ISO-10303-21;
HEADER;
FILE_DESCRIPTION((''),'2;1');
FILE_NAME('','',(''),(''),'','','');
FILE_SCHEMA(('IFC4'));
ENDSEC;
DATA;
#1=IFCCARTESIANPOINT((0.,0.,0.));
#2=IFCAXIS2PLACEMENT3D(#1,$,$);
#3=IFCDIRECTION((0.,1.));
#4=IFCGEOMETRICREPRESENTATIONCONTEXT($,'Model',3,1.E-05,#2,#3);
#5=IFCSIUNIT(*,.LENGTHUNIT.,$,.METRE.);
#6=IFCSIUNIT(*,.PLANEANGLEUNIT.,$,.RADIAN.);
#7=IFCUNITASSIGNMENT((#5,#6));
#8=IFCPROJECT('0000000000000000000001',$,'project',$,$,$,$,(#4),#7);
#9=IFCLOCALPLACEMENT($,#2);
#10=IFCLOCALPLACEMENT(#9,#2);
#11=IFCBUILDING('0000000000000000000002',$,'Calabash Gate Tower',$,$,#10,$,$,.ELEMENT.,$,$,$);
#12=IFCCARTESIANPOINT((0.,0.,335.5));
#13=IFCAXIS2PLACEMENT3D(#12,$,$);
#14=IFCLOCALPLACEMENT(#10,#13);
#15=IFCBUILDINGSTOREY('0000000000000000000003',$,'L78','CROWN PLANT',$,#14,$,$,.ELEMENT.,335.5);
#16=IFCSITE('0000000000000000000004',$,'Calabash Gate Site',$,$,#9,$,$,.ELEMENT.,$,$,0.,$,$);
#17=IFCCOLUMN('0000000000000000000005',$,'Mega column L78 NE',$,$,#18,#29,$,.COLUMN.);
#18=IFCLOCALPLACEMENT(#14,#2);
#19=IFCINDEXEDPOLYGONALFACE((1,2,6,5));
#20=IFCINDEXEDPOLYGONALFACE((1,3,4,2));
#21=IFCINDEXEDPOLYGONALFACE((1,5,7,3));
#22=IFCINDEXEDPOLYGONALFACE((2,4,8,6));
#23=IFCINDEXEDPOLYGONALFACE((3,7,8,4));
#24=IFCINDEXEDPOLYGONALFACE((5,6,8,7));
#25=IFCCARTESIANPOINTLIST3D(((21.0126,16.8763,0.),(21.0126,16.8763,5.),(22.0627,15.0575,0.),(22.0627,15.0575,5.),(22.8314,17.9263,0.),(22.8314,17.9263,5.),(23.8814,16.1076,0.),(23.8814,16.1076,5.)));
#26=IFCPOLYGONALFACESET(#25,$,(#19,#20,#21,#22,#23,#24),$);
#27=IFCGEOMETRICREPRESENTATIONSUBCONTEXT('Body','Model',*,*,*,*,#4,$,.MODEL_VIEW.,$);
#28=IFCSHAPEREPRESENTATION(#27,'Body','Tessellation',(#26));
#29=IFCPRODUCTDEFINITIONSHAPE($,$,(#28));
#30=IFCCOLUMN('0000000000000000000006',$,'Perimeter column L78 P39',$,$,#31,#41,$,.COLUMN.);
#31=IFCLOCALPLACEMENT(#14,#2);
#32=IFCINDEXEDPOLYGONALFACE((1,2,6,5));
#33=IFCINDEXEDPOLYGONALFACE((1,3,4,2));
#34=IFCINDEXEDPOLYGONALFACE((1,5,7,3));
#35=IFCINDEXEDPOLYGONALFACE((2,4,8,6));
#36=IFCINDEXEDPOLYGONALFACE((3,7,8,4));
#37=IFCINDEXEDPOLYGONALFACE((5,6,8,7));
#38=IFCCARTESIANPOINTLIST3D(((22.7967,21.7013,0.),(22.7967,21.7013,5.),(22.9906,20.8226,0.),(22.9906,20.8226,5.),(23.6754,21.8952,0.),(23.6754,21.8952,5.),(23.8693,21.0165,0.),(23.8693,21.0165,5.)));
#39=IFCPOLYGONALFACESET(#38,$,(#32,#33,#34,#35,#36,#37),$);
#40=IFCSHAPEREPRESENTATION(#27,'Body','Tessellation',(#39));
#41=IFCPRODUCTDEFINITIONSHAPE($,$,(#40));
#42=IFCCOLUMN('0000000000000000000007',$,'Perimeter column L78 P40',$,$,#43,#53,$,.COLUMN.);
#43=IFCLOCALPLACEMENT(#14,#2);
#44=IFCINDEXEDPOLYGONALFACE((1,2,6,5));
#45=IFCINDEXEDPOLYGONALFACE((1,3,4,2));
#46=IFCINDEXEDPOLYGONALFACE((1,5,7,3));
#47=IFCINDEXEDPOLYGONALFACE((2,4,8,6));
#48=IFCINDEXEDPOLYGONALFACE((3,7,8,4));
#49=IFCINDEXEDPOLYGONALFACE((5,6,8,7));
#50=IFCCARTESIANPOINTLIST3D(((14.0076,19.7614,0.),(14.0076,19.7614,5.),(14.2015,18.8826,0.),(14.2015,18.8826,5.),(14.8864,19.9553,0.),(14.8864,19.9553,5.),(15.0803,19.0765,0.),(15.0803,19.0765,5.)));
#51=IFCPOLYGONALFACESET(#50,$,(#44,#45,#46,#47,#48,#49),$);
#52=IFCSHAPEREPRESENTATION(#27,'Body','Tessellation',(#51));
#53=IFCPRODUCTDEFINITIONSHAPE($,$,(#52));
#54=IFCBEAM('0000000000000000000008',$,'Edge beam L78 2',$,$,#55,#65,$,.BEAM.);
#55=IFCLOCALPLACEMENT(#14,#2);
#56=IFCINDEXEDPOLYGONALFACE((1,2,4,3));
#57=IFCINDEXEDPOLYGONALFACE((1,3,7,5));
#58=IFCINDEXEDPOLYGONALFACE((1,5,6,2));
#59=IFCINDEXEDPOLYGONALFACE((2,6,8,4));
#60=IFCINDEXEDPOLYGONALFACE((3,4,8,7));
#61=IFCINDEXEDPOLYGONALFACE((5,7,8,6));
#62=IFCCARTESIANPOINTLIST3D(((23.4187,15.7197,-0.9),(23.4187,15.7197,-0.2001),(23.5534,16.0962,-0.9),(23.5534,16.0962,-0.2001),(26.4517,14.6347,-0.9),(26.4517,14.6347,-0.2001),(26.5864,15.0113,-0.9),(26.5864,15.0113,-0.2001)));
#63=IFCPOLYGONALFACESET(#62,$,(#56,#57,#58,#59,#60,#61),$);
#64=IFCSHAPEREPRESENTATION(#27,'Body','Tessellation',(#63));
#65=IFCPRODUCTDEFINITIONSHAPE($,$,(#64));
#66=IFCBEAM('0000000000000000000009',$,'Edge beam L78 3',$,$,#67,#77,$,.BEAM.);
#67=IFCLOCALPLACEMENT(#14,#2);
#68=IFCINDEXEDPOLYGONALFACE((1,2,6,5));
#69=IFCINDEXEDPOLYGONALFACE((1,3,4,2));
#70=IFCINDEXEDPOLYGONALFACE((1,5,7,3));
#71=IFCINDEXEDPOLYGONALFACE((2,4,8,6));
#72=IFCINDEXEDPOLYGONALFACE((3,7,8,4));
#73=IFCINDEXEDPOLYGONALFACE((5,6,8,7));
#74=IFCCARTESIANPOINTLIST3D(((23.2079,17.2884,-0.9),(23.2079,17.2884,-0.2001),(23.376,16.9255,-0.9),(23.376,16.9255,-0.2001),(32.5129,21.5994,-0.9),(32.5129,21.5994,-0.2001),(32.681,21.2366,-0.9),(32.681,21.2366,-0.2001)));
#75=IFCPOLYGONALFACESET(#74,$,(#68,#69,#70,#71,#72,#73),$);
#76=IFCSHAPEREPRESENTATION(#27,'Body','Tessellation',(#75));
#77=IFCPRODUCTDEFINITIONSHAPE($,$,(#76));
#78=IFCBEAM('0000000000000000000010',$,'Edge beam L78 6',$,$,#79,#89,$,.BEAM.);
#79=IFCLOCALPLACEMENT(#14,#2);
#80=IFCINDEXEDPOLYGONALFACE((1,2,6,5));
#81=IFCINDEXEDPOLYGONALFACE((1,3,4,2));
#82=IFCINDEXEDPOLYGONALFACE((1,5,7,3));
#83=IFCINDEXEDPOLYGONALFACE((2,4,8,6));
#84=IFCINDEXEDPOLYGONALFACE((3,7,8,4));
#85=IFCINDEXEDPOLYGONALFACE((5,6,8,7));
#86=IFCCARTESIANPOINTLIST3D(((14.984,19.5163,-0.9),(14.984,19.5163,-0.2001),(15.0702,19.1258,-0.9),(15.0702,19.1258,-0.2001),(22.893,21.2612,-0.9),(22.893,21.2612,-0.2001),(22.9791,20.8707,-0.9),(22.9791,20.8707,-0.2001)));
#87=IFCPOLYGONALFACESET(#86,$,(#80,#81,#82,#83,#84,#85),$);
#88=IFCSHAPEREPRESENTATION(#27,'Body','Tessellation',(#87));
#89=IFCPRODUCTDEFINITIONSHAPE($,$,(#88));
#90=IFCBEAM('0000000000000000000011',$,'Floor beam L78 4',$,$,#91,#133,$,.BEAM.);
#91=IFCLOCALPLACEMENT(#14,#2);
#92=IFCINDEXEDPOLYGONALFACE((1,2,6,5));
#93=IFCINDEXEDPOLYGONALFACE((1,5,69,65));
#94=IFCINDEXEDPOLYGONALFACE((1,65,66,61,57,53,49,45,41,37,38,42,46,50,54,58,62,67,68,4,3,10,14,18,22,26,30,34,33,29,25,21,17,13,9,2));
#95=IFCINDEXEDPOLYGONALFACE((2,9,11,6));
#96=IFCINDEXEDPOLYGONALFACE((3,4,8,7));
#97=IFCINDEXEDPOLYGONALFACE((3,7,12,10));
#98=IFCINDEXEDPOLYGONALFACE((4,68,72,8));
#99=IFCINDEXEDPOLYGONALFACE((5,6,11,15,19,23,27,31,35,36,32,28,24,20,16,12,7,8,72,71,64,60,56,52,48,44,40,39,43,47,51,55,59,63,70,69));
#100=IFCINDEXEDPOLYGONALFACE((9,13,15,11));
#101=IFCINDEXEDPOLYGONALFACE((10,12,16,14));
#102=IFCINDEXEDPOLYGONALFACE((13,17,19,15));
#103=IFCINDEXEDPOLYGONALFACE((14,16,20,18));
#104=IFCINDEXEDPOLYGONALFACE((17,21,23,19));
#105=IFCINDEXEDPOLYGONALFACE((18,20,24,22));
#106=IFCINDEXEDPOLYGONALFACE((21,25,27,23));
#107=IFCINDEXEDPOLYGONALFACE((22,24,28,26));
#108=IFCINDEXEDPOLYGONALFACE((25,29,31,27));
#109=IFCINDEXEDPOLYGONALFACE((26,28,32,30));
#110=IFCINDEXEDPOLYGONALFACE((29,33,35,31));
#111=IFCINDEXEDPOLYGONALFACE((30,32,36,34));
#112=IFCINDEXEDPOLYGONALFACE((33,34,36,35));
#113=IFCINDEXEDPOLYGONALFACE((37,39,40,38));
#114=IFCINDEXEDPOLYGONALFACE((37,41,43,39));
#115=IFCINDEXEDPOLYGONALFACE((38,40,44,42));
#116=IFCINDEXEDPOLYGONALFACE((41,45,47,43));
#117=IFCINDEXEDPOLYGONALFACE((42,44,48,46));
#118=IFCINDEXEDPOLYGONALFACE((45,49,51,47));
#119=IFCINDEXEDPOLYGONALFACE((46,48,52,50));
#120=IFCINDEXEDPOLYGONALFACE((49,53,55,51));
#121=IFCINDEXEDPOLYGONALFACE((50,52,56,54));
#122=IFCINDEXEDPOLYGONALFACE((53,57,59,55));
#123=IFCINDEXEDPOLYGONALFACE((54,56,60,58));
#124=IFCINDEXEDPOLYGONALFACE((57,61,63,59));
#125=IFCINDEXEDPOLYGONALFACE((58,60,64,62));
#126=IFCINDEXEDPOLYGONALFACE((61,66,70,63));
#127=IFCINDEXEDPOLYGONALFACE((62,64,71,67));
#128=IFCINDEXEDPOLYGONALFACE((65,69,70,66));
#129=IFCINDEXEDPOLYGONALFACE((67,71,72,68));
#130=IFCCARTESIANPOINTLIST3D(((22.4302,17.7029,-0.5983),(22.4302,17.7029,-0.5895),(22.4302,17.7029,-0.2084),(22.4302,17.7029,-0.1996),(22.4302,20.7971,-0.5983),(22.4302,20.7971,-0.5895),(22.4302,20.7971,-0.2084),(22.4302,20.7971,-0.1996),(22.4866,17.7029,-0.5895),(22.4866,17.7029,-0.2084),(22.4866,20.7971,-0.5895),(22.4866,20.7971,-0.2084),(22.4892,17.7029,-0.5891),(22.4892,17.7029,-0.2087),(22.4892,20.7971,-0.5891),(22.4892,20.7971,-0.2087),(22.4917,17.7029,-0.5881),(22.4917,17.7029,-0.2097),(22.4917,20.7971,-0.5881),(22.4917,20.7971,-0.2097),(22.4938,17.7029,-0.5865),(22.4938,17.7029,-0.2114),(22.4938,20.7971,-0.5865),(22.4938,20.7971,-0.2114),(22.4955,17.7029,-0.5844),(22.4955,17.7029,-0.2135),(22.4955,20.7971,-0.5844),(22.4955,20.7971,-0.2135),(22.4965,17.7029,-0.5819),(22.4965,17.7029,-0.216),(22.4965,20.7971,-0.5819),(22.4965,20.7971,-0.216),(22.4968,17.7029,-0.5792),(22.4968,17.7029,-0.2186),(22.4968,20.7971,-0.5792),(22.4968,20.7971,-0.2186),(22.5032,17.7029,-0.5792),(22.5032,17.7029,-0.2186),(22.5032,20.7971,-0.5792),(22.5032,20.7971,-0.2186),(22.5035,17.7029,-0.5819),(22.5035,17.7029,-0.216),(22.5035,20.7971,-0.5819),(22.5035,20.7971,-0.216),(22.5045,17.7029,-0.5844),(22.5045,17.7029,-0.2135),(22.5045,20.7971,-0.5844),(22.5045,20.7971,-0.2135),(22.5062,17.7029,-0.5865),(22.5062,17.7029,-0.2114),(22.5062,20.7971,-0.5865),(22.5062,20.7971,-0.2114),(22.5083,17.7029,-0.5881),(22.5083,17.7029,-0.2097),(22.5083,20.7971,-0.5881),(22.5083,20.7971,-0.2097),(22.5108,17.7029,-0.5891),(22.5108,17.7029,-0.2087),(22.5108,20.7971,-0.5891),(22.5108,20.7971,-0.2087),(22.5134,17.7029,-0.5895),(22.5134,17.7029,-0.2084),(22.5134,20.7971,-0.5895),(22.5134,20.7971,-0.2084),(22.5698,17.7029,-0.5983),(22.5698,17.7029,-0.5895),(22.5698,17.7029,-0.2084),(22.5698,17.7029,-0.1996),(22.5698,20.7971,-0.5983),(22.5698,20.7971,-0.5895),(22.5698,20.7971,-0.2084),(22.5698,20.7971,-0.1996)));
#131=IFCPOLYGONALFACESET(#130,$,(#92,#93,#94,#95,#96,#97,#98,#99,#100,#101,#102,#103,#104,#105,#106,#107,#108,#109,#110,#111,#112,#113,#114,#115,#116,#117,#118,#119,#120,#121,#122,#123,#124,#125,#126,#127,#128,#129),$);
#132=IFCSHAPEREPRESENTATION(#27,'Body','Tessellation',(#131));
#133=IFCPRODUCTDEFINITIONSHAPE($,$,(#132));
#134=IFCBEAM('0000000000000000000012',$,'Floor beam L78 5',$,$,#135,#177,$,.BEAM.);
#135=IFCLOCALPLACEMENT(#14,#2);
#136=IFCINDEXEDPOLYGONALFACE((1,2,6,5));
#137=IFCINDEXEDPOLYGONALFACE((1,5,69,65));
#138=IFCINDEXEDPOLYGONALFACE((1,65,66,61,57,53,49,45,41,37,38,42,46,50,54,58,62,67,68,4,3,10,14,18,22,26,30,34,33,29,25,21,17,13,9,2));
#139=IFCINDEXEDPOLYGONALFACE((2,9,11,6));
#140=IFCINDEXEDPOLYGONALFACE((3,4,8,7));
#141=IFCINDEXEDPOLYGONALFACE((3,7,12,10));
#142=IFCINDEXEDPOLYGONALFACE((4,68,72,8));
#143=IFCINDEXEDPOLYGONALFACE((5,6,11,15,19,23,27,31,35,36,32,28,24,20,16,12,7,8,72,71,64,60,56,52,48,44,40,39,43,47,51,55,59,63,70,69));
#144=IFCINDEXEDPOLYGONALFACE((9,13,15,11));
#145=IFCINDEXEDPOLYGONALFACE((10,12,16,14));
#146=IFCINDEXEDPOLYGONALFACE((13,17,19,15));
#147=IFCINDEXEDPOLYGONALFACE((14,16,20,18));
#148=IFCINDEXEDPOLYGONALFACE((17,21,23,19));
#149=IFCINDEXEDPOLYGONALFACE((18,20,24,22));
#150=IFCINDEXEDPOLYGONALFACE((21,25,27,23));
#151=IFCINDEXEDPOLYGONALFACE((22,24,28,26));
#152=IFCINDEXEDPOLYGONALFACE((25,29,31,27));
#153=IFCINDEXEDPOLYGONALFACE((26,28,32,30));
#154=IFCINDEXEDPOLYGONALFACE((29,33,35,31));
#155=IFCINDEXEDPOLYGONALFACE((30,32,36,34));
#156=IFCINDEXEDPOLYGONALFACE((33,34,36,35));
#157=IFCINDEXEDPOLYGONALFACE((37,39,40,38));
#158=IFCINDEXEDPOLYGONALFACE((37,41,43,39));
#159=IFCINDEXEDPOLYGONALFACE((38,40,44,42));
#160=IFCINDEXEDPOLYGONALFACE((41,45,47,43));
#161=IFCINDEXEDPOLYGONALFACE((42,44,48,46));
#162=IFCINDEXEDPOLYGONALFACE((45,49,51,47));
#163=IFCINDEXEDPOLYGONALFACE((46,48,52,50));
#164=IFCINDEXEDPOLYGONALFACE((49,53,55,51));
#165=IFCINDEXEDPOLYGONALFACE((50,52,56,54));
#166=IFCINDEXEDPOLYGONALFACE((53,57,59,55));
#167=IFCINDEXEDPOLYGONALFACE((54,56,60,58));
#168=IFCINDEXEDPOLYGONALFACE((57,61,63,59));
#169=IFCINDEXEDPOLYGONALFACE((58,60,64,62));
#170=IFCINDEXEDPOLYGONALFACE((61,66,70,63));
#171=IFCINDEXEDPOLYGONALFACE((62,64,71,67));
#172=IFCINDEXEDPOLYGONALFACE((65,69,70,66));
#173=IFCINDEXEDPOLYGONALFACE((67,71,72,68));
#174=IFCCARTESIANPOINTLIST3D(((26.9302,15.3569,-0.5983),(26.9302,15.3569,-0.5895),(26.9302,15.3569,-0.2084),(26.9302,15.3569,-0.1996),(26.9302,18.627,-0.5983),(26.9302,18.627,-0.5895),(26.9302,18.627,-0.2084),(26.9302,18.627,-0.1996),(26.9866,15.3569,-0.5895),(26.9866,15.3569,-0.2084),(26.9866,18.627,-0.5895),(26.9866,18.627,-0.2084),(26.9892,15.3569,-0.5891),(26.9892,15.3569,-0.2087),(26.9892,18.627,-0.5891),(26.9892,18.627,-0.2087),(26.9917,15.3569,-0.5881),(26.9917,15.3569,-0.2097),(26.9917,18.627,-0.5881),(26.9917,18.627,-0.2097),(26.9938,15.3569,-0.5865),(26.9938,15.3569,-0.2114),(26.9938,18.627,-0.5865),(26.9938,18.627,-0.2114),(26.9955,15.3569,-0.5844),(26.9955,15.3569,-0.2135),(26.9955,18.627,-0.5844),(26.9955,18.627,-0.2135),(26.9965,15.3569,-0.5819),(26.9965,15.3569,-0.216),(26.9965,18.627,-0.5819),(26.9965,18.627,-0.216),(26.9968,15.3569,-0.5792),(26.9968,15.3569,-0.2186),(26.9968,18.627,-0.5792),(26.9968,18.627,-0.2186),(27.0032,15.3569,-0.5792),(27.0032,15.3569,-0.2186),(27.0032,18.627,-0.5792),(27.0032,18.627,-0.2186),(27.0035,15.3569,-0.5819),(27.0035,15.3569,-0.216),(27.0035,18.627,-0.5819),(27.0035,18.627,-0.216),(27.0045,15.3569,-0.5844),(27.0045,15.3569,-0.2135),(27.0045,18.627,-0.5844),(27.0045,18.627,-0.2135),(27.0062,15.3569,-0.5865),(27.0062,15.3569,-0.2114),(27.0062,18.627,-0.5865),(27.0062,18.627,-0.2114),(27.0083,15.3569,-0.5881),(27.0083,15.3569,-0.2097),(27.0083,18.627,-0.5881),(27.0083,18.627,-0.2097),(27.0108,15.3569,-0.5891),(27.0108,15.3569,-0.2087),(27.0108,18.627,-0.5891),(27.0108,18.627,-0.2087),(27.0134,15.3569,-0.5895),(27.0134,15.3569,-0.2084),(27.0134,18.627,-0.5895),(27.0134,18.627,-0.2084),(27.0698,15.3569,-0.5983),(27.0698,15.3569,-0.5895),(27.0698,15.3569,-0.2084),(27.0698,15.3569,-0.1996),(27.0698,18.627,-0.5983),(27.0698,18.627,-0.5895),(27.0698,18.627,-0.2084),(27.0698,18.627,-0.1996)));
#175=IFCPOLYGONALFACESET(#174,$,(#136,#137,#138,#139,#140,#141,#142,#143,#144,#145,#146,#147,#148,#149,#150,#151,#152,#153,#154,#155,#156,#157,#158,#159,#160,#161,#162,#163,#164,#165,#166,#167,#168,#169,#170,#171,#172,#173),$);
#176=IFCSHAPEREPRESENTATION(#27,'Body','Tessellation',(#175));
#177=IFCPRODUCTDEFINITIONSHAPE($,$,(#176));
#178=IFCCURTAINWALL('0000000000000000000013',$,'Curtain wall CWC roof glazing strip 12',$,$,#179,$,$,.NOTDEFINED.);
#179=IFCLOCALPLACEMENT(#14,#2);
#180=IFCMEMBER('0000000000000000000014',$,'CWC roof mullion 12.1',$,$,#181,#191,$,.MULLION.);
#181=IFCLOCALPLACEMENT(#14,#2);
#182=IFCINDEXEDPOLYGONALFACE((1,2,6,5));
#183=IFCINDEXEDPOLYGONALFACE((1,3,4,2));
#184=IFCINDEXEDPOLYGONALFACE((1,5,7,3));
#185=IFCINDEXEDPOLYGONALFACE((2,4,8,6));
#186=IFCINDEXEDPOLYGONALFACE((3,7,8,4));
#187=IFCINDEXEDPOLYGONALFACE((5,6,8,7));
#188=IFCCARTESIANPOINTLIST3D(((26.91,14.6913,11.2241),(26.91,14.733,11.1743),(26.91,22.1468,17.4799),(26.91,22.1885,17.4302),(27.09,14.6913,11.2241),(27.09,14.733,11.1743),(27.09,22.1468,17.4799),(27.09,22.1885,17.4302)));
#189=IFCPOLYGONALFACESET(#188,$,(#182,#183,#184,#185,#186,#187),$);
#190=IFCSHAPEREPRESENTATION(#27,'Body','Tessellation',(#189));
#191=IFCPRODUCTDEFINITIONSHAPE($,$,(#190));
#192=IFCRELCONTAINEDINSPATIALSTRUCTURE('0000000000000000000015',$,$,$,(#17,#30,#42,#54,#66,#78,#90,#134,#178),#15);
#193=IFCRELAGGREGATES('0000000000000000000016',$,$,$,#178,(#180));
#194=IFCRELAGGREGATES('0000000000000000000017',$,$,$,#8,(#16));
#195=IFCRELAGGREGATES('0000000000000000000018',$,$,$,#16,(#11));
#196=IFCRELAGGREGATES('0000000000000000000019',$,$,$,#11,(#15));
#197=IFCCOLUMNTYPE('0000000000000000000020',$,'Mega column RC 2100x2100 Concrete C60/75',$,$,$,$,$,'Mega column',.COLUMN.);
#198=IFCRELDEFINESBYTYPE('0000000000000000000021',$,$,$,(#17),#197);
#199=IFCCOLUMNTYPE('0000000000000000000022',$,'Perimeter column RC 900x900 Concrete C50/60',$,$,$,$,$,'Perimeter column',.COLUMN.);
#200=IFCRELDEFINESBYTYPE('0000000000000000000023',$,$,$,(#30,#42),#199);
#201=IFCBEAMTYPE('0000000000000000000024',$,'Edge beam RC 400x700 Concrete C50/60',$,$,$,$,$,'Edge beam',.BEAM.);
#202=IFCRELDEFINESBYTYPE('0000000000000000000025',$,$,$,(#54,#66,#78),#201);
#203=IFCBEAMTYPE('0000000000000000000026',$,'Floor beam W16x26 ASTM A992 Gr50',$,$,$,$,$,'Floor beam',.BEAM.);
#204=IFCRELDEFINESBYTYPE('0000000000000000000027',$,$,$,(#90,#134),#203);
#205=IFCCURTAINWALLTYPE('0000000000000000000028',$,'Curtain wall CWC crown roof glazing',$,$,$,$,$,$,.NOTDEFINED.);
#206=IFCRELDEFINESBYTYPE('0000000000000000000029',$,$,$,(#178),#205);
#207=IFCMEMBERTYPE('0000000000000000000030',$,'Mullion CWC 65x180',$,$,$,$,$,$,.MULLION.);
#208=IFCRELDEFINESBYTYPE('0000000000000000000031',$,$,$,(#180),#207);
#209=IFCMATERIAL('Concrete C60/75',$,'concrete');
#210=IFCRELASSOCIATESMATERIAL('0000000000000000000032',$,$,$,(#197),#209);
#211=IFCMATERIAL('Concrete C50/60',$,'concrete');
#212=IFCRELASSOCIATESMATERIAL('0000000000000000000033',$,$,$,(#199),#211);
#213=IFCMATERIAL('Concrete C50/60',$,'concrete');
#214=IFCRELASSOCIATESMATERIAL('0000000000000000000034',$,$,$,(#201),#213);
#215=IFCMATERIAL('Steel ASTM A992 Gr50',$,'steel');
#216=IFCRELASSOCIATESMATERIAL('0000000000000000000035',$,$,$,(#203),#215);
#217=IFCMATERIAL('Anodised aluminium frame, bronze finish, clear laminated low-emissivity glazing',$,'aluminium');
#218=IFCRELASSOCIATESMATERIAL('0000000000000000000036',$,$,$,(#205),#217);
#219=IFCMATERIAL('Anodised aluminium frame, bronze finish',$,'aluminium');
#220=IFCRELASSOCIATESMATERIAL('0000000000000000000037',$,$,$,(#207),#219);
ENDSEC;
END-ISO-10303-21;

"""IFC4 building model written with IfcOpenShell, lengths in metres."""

from ifc_helpers import new_model, si_unit, direction, frame, origin, origin_2d, place, context, subcontext, project, spatial, rectangle, i_section, extrude, material, material_profile, profile_set, type_object, element, aggregate, save


model = new_model("IFC4")

# Units and contexts
model_context = context("Model", 3, precision=1e-05, world=origin(), true_north=direction((0.0, 1.0)))
body_context = subcontext(model_context, "Body", "Model", "MODEL_VIEW")
ifc_project = project(units=[si_unit("LENGTHUNIT", "METRE"), si_unit("PLANEANGLEUNIT", "RADIAN")], contexts=[model_context])

# Site, building, storey
site_placement = place(None, origin())
site = spatial("IfcSite", under=ifc_project, at=site_placement, Name="Calabash Gate Site", CompositionType="ELEMENT", RefElevation=0.0)
building_placement = place(site_placement, origin())
building = spatial("IfcBuilding", under=site, at=building_placement, Name="Calabash Gate Tower", CompositionType="ELEMENT")
storey_placement = place(building_placement, frame((0.0, 0.0, 335.5)))
storey = spatial("IfcBuildingStorey", under=building, at=storey_placement, Name="L78", Description="CROWN PLANT", CompositionType="ELEMENT", Elevation=335.5)

# Columns
ifc_material_1 = material(Name="Concrete C60/75", Category="concrete")
ifc_material_profile_1 = material_profile(ifc_material_1, rectangle(XDim=2.1001, YDim=2.1001, at=origin_2d()))
ifc_profile_set_1 = profile_set([ifc_material_profile_1], Name="Concrete C60/75")
column_type_1 = type_object("IfcColumnType", Name="Mega column RC 2100x2100 Concrete C60/75", ElementType="Mega column", PredefinedType="COLUMN", material=ifc_profile_set_1)
column_placement = place(storey_placement, frame((22.447, 16.4919, 0.0), z_axis=(0.0, 0.0, 1.0), x_axis=(-0.866025, -0.5, 0.0)))
element("IfcColumn", 1, at=column_placement, inside=storey, type_object=column_type_1, Name="Mega column L78 NE", PredefinedType="COLUMN", context=body_context, shape_type="SweptSolid", body=[
    extrude(rectangle(XDim=2.1001, YDim=2.1001, at=origin_2d()), origin(), (0.0, 0.0, 1.0), 5.0),
])
ifc_material_2 = material(Name="Concrete C50/60", Category="concrete")
ifc_material_profile_2 = material_profile(ifc_material_2, rectangle(XDim=0.8999, YDim=0.8999, at=origin_2d()))
ifc_profile_set_2 = profile_set([ifc_material_profile_2], Name="Concrete C50/60")
column_type_2 = type_object("IfcColumnType", Name="Perimeter column RC 900x900 Concrete C50/60", ElementType="Perimeter column", PredefinedType="COLUMN", material=ifc_profile_set_2)
for number, where, z_axis, x_axis, name in (
    (2, (23.333, 21.3589, 0.0), (0.0, 0.0, 1.0), (-0.976511, -0.215468, 0.0), "Perimeter column L78 P39"),
    (3, (14.5439, 19.4189, 0.0), (0.0, 0.0, 1.0), (-0.976511, -0.215468, 0.0), "Perimeter column L78 P40"),
):
    element("IfcColumn", number, at=place(storey_placement, frame(where, z_axis=z_axis, x_axis=x_axis)), inside=storey, type_object=column_type_2, Name=name, PredefinedType="COLUMN", context=body_context, shape_type="SweptSolid", body=[
        extrude(rectangle(XDim=0.8999, YDim=0.8999, at=origin_2d()), origin(), (0.0, 0.0, 1.0), 5.0),
    ])

# Beams
ifc_material_3 = material(Name="Concrete C50/60", Category="concrete")
ifc_material_profile_3 = material_profile(ifc_material_3, rectangle(XDim=0.3999, YDim=0.7, at=origin_2d()))
ifc_profile_set_3 = profile_set([ifc_material_profile_3], Name="Concrete C50/60")
beam_type_1 = type_object("IfcBeamType", Name="Edge beam RC 400x700 Concrete C50/60", ElementType="Edge beam", PredefinedType="BEAM", material=ifc_profile_set_3)
beam_1_placement = place(storey_placement, frame((26.519, 14.823, -0.55), z_axis=(-0.941569, 0.336821, 0.0), x_axis=(-0.336821, -0.941569, 0.0)))
element("IfcBeam", 4, at=beam_1_placement, inside=storey, type_object=beam_type_1, Name="Edge beam L78 2", PredefinedType="BEAM", context=body_context, shape_type="SweptSolid", body=[
    extrude(rectangle(XDim=0.3999, YDim=0.7, at=origin_2d()), origin(), (0.0, 0.0, 1.0), 3.2212),
])
beam_2_placement = place(storey_placement, frame((23.292, 17.1069, -0.55), z_axis=(0.907348, 0.42038, 0.0), x_axis=(-0.42038, 0.907348, 0.0)))
element("IfcBeam", 5, at=beam_2_placement, inside=storey, type_object=beam_type_1, Name="Edge beam L78 3", PredefinedType="BEAM", context=body_context, shape_type="SweptSolid", body=[
    extrude(rectangle(XDim=0.3999, YDim=0.7, at=origin_2d()), origin(), (0.0, 0.0, 1.0), 10.2551),
])
beam_3_placement = place(storey_placement, frame((22.936, 21.0659, -0.55), z_axis=(-0.976517, -0.21544, 0.0), x_axis=(0.21544, -0.976517, 0.0)))
element("IfcBeam", 6, at=beam_3_placement, inside=storey, type_object=beam_type_1, Name="Edge beam L78 6", PredefinedType="BEAM", context=body_context, shape_type="SweptSolid", body=[
    extrude(rectangle(XDim=0.3999, YDim=0.7, at=origin_2d()), origin(), (0.0, 0.0, 1.0), 8.0991),
])
ifc_material_4 = material(Name="Steel ASTM A992 Gr50", Category="steel")
ifc_material_profile_4 = material_profile(ifc_material_4, i_section(OverallWidth=0.1396, OverallDepth=0.3987, WebThickness=0.0063, FlangeThickness=0.0088, FilletRadius=0.0103, at=origin_2d()))
ifc_profile_set_4 = profile_set([ifc_material_profile_4], Name="Steel ASTM A992 Gr50")
beam_type_2 = type_object("IfcBeamType", Name="Floor beam W16x26 ASTM A992 Gr50", ElementType="Floor beam", PredefinedType="BEAM", material=ifc_profile_set_4)
beam_4_placement = place(storey_placement, frame((22.5, 17.7029, -0.3989), z_axis=(0.0, 1.0, 0.0), x_axis=(-1.0, 0.0, 0.0)))
element("IfcBeam", 7, at=beam_4_placement, inside=storey, type_object=beam_type_2, Name="Floor beam L78 4", PredefinedType="BEAM", context=body_context, shape_type="SweptSolid", body=[
    extrude(i_section(OverallWidth=0.1396, OverallDepth=0.3987, WebThickness=0.0063, FlangeThickness=0.0088, FilletRadius=0.0103, at=origin_2d()), origin(), (0.0, 0.0, 1.0), 3.0942),
])
beam_5_placement = place(storey_placement, frame((27.0, 15.3569, -0.3989), z_axis=(0.0, 1.0, 0.0), x_axis=(-1.0, 0.0, 0.0)))
element("IfcBeam", 8, at=beam_5_placement, inside=storey, type_object=beam_type_2, Name="Floor beam L78 5", PredefinedType="BEAM", context=body_context, shape_type="SweptSolid", body=[
    extrude(i_section(OverallWidth=0.1396, OverallDepth=0.3987, WebThickness=0.0063, FlangeThickness=0.0088, FilletRadius=0.0103, at=origin_2d()), origin(), (0.0, 0.0, 1.0), 3.27),
])

# Curtain wall, member
ifc_material_5 = material(Name="Anodised aluminium frame, bronze finish, clear laminated low-emissivity glazing", Category="aluminium")
curtain_wall_type = type_object("IfcCurtainWallType", Name="Curtain wall CWC crown roof glazing", PredefinedType="NOTDEFINED", material=ifc_material_5)
curtain_wall_1_placement = place(storey_placement, origin())
curtain_wall_1 = element("IfcCurtainWall", 9, at=curtain_wall_1_placement, inside=storey, type_object=curtain_wall_type, Name="Curtain wall CWC roof glazing strip 12", PredefinedType="NOTDEFINED")
ifc_material_6 = material(Name="Anodised aluminium frame, bronze finish", Category="aluminium")
ifc_material_profile_5 = material_profile(ifc_material_6, rectangle(XDim=0.1799, YDim=0.0649, at=origin_2d()))
ifc_profile_set_5 = profile_set([ifc_material_profile_5], Name="Anodised aluminium frame, bronze finish")
member_type_1 = type_object("IfcMemberType", Name="Mullion CWC 65x180", PredefinedType="MULLION", material=ifc_profile_set_5)
member_1_placement = place(storey_placement, frame((27.0, 14.7122, 11.1992), z_axis=(0.0, 0.76605, 0.642781), x_axis=(-1.0, 0.0, 0.0)))
member_1 = element("IfcMember", 10, at=member_1_placement, type_object=member_type_1, Name="CWC roof mullion 12.1", PredefinedType="MULLION", context=body_context, shape_type="SweptSolid", body=[
    extrude(rectangle(XDim=0.1799, YDim=0.0649, at=origin_2d()), origin(), (0.0, 0.0, 1.0), 9.7324),
])

aggregate(curtain_wall_1, [member_1])

save(model, "model.ifc")
